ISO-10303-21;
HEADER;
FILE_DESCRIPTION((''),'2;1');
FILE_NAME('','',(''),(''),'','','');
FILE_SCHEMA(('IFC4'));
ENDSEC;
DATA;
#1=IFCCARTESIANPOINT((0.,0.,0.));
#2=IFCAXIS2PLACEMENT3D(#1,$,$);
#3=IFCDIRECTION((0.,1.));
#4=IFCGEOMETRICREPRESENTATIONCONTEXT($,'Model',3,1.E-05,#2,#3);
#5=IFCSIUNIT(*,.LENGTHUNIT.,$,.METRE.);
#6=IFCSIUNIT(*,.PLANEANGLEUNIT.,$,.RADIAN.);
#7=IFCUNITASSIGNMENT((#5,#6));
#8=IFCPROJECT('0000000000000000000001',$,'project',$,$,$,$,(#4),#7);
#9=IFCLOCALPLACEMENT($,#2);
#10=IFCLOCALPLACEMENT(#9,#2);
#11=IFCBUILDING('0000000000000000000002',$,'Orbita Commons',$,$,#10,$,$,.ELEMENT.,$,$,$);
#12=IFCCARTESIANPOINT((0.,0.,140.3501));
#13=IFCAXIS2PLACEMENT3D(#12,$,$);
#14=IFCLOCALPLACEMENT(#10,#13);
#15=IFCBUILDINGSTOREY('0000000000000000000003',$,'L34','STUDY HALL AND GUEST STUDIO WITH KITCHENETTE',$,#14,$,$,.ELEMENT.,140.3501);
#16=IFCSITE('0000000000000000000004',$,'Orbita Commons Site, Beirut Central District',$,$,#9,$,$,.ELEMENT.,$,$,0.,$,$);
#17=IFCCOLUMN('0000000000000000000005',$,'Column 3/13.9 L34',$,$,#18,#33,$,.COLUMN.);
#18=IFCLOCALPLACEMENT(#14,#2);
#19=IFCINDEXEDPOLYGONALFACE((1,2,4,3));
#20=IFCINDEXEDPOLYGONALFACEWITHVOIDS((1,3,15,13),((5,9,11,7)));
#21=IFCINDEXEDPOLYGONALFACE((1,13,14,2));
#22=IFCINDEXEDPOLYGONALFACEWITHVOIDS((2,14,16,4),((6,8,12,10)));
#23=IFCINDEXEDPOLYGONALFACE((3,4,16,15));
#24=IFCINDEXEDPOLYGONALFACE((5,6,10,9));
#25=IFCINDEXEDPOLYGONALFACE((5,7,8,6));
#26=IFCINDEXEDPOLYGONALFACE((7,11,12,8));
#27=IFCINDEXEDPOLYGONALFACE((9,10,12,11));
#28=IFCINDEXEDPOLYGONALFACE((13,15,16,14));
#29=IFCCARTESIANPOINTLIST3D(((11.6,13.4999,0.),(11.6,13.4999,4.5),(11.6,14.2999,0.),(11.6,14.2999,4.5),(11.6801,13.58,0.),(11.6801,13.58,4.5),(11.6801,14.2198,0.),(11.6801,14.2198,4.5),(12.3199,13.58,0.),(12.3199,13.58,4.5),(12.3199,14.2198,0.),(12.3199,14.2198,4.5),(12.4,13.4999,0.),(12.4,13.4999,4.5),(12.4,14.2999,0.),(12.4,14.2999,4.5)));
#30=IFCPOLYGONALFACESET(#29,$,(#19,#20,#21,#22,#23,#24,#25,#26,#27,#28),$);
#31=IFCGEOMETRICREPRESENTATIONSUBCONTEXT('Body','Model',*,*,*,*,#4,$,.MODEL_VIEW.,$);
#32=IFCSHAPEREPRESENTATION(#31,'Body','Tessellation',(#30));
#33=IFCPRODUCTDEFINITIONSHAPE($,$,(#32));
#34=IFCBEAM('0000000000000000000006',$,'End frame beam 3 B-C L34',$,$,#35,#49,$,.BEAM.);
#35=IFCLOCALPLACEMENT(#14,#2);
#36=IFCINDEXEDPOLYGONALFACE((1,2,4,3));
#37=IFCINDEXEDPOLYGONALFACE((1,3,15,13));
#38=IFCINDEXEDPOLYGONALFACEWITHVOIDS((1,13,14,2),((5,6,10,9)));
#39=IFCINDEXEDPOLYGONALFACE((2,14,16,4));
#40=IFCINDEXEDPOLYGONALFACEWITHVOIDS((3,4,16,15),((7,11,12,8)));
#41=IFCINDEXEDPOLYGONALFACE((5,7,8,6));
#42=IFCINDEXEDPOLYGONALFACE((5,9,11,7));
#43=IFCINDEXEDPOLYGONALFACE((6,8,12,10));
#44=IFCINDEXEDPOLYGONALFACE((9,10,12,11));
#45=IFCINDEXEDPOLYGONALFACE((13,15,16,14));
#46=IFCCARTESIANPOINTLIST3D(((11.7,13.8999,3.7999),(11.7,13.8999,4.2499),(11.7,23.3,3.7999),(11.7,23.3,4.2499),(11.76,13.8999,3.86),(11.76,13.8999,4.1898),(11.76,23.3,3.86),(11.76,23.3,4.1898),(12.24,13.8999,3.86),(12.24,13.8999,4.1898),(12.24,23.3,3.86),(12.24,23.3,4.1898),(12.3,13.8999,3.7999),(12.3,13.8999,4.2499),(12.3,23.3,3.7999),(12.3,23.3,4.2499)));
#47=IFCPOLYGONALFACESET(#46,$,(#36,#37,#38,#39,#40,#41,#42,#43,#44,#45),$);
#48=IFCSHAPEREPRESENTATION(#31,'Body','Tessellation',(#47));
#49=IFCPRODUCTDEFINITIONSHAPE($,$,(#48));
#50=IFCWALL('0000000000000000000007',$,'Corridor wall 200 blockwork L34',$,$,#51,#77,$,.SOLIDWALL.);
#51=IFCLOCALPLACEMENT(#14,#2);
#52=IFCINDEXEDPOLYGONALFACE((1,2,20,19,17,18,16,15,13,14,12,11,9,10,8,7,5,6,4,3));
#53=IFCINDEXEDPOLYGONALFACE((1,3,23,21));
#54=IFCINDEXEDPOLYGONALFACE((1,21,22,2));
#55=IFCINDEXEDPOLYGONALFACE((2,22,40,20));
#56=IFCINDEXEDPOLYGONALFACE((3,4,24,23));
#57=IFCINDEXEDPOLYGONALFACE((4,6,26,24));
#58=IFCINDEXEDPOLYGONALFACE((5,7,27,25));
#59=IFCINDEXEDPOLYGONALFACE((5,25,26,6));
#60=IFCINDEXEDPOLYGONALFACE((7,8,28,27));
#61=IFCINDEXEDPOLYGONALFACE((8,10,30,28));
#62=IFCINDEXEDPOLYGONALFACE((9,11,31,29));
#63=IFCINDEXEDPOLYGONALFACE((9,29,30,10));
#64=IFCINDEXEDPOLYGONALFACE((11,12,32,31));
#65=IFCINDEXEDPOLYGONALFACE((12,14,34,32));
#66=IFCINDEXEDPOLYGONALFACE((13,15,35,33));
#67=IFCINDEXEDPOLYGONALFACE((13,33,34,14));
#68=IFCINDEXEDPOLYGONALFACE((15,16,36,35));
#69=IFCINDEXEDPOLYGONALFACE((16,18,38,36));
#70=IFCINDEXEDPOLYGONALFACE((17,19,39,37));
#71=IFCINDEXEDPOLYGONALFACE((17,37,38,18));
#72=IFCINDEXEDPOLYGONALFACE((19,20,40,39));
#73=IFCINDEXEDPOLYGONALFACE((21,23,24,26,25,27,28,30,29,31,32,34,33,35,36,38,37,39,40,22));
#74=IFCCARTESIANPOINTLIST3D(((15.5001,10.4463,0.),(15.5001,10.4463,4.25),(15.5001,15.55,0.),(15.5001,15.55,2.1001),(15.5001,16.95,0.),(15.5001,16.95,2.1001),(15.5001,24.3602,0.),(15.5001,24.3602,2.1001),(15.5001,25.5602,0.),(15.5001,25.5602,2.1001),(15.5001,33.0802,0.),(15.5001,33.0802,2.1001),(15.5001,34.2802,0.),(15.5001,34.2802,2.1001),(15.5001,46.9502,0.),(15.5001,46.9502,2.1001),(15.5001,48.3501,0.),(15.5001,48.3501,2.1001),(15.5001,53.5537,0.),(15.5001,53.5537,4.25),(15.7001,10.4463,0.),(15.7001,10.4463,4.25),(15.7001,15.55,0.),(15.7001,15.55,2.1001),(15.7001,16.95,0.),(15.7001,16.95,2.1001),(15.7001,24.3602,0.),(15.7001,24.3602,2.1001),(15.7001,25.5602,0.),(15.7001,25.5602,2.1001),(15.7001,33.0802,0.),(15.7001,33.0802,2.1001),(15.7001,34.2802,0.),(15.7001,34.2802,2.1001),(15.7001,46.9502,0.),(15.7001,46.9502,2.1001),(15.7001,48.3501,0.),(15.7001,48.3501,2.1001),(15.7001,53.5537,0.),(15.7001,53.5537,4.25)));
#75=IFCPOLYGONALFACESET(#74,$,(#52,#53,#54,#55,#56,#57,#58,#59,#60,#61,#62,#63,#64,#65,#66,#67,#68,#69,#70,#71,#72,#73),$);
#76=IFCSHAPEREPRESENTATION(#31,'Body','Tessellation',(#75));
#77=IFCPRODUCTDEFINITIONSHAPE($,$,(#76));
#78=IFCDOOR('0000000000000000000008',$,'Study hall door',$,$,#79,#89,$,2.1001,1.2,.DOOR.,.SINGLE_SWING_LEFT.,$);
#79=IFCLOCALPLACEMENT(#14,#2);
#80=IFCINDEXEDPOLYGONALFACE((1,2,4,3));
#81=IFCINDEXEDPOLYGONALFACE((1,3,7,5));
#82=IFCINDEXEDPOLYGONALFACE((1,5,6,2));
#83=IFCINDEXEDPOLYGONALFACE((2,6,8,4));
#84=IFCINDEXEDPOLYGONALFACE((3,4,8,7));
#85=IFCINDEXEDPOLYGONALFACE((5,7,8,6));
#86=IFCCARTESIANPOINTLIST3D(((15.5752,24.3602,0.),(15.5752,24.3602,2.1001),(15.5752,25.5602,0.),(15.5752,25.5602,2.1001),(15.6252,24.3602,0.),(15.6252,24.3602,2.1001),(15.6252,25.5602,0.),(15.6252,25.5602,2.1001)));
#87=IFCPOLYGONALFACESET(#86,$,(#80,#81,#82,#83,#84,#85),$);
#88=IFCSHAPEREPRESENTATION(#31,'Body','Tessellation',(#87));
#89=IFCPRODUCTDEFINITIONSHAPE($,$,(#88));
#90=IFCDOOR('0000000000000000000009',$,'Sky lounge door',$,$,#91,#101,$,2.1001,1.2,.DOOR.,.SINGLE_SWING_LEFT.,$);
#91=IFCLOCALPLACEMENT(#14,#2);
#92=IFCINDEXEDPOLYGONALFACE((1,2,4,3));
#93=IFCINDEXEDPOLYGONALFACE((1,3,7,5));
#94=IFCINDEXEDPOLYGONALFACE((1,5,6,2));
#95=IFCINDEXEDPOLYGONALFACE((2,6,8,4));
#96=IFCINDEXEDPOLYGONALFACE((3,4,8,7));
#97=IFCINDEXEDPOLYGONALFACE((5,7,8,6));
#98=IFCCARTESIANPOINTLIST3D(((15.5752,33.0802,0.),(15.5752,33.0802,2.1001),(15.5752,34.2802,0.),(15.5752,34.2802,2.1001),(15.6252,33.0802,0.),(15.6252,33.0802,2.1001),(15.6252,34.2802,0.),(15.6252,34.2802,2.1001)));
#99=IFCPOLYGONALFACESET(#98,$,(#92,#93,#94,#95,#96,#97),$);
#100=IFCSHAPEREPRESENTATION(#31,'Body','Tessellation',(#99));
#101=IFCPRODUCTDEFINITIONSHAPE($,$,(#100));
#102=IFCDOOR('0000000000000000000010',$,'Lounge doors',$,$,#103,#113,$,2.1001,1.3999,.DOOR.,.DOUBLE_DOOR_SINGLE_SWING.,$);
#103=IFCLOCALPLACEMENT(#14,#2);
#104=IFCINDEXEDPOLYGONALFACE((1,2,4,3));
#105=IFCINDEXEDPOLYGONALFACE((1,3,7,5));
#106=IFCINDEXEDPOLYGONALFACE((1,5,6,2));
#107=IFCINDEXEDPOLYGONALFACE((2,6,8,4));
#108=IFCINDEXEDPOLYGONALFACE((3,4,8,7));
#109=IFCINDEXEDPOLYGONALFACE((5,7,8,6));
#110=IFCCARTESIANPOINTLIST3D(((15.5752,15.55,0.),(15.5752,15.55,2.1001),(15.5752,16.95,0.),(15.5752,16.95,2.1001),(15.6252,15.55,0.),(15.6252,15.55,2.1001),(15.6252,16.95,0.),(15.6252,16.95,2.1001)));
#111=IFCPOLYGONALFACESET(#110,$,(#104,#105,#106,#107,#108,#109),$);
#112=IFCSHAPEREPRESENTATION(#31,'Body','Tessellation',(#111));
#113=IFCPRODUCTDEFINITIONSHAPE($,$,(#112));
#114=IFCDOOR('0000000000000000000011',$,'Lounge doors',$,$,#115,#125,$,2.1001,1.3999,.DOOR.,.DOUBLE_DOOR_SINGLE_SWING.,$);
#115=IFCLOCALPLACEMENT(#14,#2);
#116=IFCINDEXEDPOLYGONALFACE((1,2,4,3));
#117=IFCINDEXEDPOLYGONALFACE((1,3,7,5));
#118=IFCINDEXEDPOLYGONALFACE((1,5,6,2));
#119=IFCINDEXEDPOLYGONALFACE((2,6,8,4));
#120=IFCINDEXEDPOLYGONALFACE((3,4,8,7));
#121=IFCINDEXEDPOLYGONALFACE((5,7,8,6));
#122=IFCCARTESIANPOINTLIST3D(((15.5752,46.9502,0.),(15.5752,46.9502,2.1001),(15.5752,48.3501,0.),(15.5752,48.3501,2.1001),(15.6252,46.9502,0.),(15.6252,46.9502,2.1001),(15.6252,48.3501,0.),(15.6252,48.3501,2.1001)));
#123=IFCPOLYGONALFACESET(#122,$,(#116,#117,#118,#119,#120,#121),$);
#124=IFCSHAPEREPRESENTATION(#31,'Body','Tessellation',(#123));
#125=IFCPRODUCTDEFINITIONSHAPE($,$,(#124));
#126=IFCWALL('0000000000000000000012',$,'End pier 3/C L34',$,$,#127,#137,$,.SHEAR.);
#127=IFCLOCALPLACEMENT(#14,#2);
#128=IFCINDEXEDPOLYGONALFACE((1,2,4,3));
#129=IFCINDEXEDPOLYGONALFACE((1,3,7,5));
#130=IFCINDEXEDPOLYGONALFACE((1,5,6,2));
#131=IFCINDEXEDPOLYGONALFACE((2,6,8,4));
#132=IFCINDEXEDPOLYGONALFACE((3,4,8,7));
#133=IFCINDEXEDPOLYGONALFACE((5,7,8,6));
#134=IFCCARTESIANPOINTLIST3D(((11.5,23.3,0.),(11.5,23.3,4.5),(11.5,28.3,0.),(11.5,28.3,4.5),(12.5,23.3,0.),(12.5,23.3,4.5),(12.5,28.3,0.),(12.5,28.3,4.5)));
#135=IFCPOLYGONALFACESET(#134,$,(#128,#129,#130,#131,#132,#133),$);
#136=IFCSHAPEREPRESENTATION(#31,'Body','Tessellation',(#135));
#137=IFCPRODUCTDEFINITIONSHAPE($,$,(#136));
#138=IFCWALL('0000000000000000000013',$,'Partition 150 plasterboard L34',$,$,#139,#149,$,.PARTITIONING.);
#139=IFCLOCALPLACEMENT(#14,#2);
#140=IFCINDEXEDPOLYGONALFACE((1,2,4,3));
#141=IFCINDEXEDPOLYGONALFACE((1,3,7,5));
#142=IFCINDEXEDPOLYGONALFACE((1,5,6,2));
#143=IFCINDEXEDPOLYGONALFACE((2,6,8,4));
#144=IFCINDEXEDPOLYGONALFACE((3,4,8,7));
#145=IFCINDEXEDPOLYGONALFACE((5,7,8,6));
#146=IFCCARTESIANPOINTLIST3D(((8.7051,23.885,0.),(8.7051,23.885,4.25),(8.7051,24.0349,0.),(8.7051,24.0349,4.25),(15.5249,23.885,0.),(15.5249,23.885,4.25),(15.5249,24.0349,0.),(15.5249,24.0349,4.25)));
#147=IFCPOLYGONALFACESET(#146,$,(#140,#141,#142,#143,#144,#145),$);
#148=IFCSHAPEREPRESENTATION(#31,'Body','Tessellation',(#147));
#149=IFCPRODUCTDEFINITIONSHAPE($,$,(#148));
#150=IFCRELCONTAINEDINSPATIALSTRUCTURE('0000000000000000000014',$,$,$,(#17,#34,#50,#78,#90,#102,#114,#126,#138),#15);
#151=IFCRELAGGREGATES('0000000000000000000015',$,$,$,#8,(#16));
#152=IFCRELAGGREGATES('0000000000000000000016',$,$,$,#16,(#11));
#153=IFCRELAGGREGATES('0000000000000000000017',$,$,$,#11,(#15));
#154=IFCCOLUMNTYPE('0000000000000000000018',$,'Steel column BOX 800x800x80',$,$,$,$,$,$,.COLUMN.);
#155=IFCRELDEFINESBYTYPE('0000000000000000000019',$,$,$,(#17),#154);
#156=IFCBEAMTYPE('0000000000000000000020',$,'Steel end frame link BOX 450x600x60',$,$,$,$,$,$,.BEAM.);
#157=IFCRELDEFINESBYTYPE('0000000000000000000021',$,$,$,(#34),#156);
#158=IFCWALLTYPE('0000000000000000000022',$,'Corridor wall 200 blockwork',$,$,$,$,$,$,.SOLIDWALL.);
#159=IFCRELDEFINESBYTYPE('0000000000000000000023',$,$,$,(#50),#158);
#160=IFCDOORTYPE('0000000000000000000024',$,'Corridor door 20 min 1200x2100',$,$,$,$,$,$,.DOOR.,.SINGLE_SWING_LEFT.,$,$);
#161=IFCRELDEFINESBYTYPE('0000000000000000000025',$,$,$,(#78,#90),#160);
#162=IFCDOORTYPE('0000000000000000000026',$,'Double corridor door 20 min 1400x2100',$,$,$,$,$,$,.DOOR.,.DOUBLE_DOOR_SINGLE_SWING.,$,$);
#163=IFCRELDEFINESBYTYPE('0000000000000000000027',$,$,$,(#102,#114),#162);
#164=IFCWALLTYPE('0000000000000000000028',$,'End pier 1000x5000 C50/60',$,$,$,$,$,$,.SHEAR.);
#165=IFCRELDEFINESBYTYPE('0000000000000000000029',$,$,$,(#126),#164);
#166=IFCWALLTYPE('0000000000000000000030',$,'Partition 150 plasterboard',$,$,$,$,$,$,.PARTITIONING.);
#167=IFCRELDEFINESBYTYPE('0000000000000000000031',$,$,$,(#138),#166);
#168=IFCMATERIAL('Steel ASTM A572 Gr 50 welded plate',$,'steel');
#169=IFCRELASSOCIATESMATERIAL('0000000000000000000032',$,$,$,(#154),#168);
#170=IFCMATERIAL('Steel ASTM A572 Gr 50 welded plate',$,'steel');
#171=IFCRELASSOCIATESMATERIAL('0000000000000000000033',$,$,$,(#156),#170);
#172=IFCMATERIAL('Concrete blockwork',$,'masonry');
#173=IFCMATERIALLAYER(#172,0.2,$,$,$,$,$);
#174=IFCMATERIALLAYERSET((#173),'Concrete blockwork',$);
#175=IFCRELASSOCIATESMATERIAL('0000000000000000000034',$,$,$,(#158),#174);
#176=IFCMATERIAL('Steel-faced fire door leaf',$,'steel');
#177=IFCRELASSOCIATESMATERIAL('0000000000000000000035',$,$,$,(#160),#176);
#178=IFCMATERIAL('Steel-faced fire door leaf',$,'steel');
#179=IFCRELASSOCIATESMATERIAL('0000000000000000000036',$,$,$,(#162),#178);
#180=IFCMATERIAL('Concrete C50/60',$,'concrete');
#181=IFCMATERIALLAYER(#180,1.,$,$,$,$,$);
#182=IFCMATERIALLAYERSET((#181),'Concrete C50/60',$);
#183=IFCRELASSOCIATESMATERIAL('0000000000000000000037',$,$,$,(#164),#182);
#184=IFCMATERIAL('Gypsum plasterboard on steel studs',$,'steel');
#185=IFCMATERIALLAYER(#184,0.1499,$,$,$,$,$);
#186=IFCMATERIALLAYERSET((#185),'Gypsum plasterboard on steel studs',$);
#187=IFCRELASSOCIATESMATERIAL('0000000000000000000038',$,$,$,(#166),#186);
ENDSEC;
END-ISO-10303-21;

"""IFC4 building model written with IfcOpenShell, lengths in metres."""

from ifc_helpers import new_model, si_unit, direction, frame, frame_2d, origin, origin_2d, place, context, subcontext, project, spatial, rectangle, hollow_rectangle, extrude, material, layer, layer_set, material_profile, profile_set, type_object, element, fill, save


model = new_model("IFC4")

# Units and contexts
model_context = context("Model", 3, precision=1e-05, world=origin(), true_north=direction((0.0, 1.0)))
body_context = subcontext(model_context, "Body", "Model", "MODEL_VIEW")
ifc_project = project(units=[si_unit("LENGTHUNIT", "METRE"), si_unit("PLANEANGLEUNIT", "RADIAN")], contexts=[model_context])

# Site, building, storey
site_placement = place(None, origin())
site = spatial("IfcSite", under=ifc_project, at=site_placement, Name="Orbita Commons Site, Beirut Central District", CompositionType="ELEMENT", RefElevation=0.0)
building_placement = place(site_placement, origin())
building = spatial("IfcBuilding", under=site, at=building_placement, Name="Orbita Commons", CompositionType="ELEMENT")
storey_placement = place(building_placement, frame((0.0, 0.0, 140.3501)))
storey = spatial("IfcBuildingStorey", under=building, at=storey_placement, Name="L34", Description="STUDY HALL AND GUEST STUDIO WITH KITCHENETTE", CompositionType="ELEMENT", Elevation=140.3501)

# Column
ifc_material_1 = material(Name="Steel ASTM A572 Gr 50 welded plate", Category="steel")
ifc_material_profile_1 = material_profile(ifc_material_1, hollow_rectangle(XDim=0.8, YDim=0.8, WallThickness=0.0801, at=origin_2d()), Name="BOX 800x800x80")
ifc_profile_set_1 = profile_set([ifc_material_profile_1], Name="Steel ASTM A572 Gr 50 welded plate")
column_type = type_object("IfcColumnType", Name="Steel column BOX 800x800x80", PredefinedType="COLUMN", material=ifc_profile_set_1)
column_placement = place(storey_placement, frame((12.0, 13.8999, 0.0), z_axis=(0.0, 0.0, 1.0), x_axis=(1.0, 0.0, 0.0)))
element("IfcColumn", 1, at=column_placement, inside=storey, type_object=column_type, Name="Column 3/13.9 L34", PredefinedType="COLUMN", context=body_context, shape_type="SweptSolid", body=[
    extrude(hollow_rectangle(XDim=0.8, YDim=0.8, WallThickness=0.0801, at=origin_2d()), origin(), (0.0, 0.0, 1.0), 4.5),
])

# Beam
ifc_material_2 = material(Name="Steel ASTM A572 Gr 50 welded plate", Category="steel")
ifc_material_profile_2 = material_profile(ifc_material_2, hollow_rectangle(XDim=0.6001, YDim=0.45, WallThickness=0.0601, at=origin_2d()), Name="BOX 450x600x60")
ifc_profile_set_2 = profile_set([ifc_material_profile_2], Name="Steel ASTM A572 Gr 50 welded plate")
beam_type = type_object("IfcBeamType", Name="Steel end frame link BOX 450x600x60", PredefinedType="BEAM", material=ifc_profile_set_2)
beam_placement = place(storey_placement, frame((12.0, 13.8999, 4.0249), z_axis=(0.0, 1.0, 0.0), x_axis=(-1.0, 0.0, 0.0)))
element("IfcBeam", 2, at=beam_placement, inside=storey, type_object=beam_type, Name="End frame beam 3 B-C L34", PredefinedType="BEAM", context=body_context, shape_type="SweptSolid", body=[
    extrude(hollow_rectangle(XDim=0.6001, YDim=0.45, WallThickness=0.0601, at=origin_2d()), origin(), (0.0, 0.0, 1.0), 9.4001),
])

# Wall, openings, doors
ifc_material_3 = material(Name="Concrete blockwork", Category="masonry")
ifc_layer_1 = layer(ifc_material_3, 0.2)
ifc_layer_set_1 = layer_set([ifc_layer_1], Name="Concrete blockwork")
wall_type_1 = type_object("IfcWallType", Name="Corridor wall 200 blockwork", PredefinedType="SOLIDWALL", material=ifc_layer_set_1)
wall_1_placement = place(storey_placement, frame((15.6001, 10.4463, 0.0), z_axis=(0.0, 0.0, 1.0), x_axis=(0.0, 1.0, 0.0)))
wall_1 = element("IfcWall", 3, at=wall_1_placement, inside=storey, type_object=wall_type_1, Name="Corridor wall 200 blockwork L34", PredefinedType="SOLIDWALL", context=body_context, shape_type="SweptSolid", body=[
    extrude(rectangle(XDim=43.1074, YDim=0.2, at=frame_2d((21.5537, 0.0))), origin(), (0.0, 0.0, 1.0), 4.25),
])
opening_1_placement = place(wall_1_placement, frame((13.9138, 0.0, 0.0)))
opening_1 = element("IfcOpeningElement", 4, at=opening_1_placement, cuts=wall_1, PredefinedType="OPENING", context=body_context, shape_type="SweptSolid", body=[
    extrude(rectangle(XDim=1.2, YDim=2.1001, at=frame_2d((0.6001, 1.05))), frame((0.0, 0.1099, 0.0), z_axis=(0.0, -1.0, 0.0), x_axis=(1.0, 0.0, 0.0)), (0.0, 0.0, 1.0), 0.22),
])
opening_2_placement = place(wall_1_placement, frame((22.6338, 0.0, 0.0)))
opening_2 = element("IfcOpeningElement", 5, at=opening_2_placement, cuts=wall_1, PredefinedType="OPENING", context=body_context, shape_type="SweptSolid", body=[
    extrude(rectangle(XDim=1.2, YDim=2.1001, at=frame_2d((0.6001, 1.05))), frame((0.0, 0.1099, 0.0), z_axis=(0.0, -1.0, 0.0), x_axis=(1.0, 0.0, 0.0)), (0.0, 0.0, 1.0), 0.22),
])
opening_3_placement = place(wall_1_placement, frame((5.1038, 0.0, 0.0)))
opening_3 = element("IfcOpeningElement", 6, at=opening_3_placement, cuts=wall_1, PredefinedType="OPENING", context=body_context, shape_type="SweptSolid", body=[
    extrude(rectangle(XDim=1.3999, YDim=2.1001, at=frame_2d((0.7, 1.05))), frame((0.0, 0.1099, 0.0), z_axis=(0.0, -1.0, 0.0), x_axis=(1.0, 0.0, 0.0)), (0.0, 0.0, 1.0), 0.22),
])
opening_4_placement = place(wall_1_placement, frame((36.5039, 0.0, 0.0)))
opening_4 = element("IfcOpeningElement", 7, at=opening_4_placement, cuts=wall_1, PredefinedType="OPENING", context=body_context, shape_type="SweptSolid", body=[
    extrude(rectangle(XDim=1.3999, YDim=2.1001, at=frame_2d((0.7, 1.05))), frame((0.0, 0.1099, 0.0), z_axis=(0.0, -1.0, 0.0), x_axis=(1.0, 0.0, 0.0)), (0.0, 0.0, 1.0), 0.22),
])
ifc_material_4 = material(Name="Steel-faced fire door leaf", Category="steel")
door_type_1 = type_object("IfcDoorType", Name="Corridor door 20 min 1200x2100", OperationType="SINGLE_SWING_LEFT", PredefinedType="DOOR", material=ifc_material_4)
door_1_placement = place(opening_1_placement, origin())
door_1 = element("IfcDoor", 8, at=door_1_placement, inside=storey, type_object=door_type_1, Name="Study hall door", OperationType="SINGLE_SWING_LEFT", OverallHeight=2.1001, OverallWidth=1.2, PredefinedType="DOOR", context=body_context, shape_type="SweptSolid", body=[
    extrude(rectangle(XDim=1.2, YDim=2.1001, at=frame_2d((0.6001, 1.05))), frame((0.0, 0.0249, 0.0), z_axis=(0.0, -1.0, 0.0), x_axis=(1.0, 0.0, 0.0)), (0.0, 0.0, 1.0), 0.05),
])
fill(opening_1, door_1)
door_2_placement = place(opening_2_placement, origin())
door_2 = element("IfcDoor", 9, at=door_2_placement, inside=storey, type_object=door_type_1, Name="Sky lounge door", OperationType="SINGLE_SWING_LEFT", OverallHeight=2.1001, OverallWidth=1.2, PredefinedType="DOOR", context=body_context, shape_type="SweptSolid", body=[
    extrude(rectangle(XDim=1.2, YDim=2.1001, at=frame_2d((0.6001, 1.05))), frame((0.0, 0.0249, 0.0), z_axis=(0.0, -1.0, 0.0), x_axis=(1.0, 0.0, 0.0)), (0.0, 0.0, 1.0), 0.05),
])
fill(opening_2, door_2)
ifc_material_5 = material(Name="Steel-faced fire door leaf", Category="steel")
door_type_2 = type_object("IfcDoorType", Name="Double corridor door 20 min 1400x2100", OperationType="DOUBLE_DOOR_SINGLE_SWING", PredefinedType="DOOR", material=ifc_material_5)
door_3_placement = place(opening_3_placement, origin())
door_3 = element("IfcDoor", 10, at=door_3_placement, inside=storey, type_object=door_type_2, Name="Lounge doors", OperationType="DOUBLE_DOOR_SINGLE_SWING", OverallHeight=2.1001, OverallWidth=1.3999, PredefinedType="DOOR", context=body_context, shape_type="SweptSolid", body=[
    extrude(rectangle(XDim=1.3999, YDim=2.1001, at=frame_2d((0.7, 1.05))), frame((0.0, 0.0249, 0.0), z_axis=(0.0, -1.0, 0.0), x_axis=(1.0, 0.0, 0.0)), (0.0, 0.0, 1.0), 0.05),
])
fill(opening_3, door_3)
door_4_placement = place(opening_4_placement, origin())
door_4 = element("IfcDoor", 11, at=door_4_placement, inside=storey, type_object=door_type_2, Name="Lounge doors", OperationType="DOUBLE_DOOR_SINGLE_SWING", OverallHeight=2.1001, OverallWidth=1.3999, PredefinedType="DOOR", context=body_context, shape_type="SweptSolid", body=[
    extrude(rectangle(XDim=1.3999, YDim=2.1001, at=frame_2d((0.7, 1.05))), frame((0.0, 0.0249, 0.0), z_axis=(0.0, -1.0, 0.0), x_axis=(1.0, 0.0, 0.0)), (0.0, 0.0, 1.0), 0.05),
])
fill(opening_4, door_4)

# Walls
ifc_material_6 = material(Name="Concrete C50/60", Category="concrete")
ifc_layer_2 = layer(ifc_material_6, 1.0)
ifc_layer_set_2 = layer_set([ifc_layer_2], Name="Concrete C50/60")
wall_type_2 = type_object("IfcWallType", Name="End pier 1000x5000 C50/60", PredefinedType="SHEAR", material=ifc_layer_set_2)
wall_2_placement = place(storey_placement, frame((12.0, 23.3, 0.0), z_axis=(0.0, 0.0, 1.0), x_axis=(0.0, 1.0, 0.0)))
element("IfcWall", 12, at=wall_2_placement, inside=storey, type_object=wall_type_2, Name="End pier 3/C L34", PredefinedType="SHEAR", context=body_context, shape_type="SweptSolid", body=[
    extrude(rectangle(XDim=5.0, YDim=1.0, at=frame_2d((2.5, 0.0))), origin(), (0.0, 0.0, 1.0), 4.5),
])
ifc_material_7 = material(Name="Gypsum plasterboard on steel studs", Category="steel")
ifc_layer_3 = layer(ifc_material_7, 0.1499)
ifc_layer_set_3 = layer_set([ifc_layer_3], Name="Gypsum plasterboard on steel studs")
wall_type_3 = type_object("IfcWallType", Name="Partition 150 plasterboard", PredefinedType="PARTITIONING", material=ifc_layer_set_3)
wall_3_placement = place(storey_placement, frame((8.7051, 23.96, 0.0), z_axis=(0.0, 0.0, 1.0), x_axis=(1.0, 0.0, 0.0)))
element("IfcWall", 13, at=wall_3_placement, inside=storey, type_object=wall_type_3, Name="Partition 150 plasterboard L34", PredefinedType="PARTITIONING", context=body_context, shape_type="SweptSolid", body=[
    extrude(rectangle(XDim=6.8198, YDim=0.1499, at=frame_2d((3.4099, 0.0))), origin(), (0.0, 0.0, 1.0), 4.25),
])

save(model, "model.ifc")
